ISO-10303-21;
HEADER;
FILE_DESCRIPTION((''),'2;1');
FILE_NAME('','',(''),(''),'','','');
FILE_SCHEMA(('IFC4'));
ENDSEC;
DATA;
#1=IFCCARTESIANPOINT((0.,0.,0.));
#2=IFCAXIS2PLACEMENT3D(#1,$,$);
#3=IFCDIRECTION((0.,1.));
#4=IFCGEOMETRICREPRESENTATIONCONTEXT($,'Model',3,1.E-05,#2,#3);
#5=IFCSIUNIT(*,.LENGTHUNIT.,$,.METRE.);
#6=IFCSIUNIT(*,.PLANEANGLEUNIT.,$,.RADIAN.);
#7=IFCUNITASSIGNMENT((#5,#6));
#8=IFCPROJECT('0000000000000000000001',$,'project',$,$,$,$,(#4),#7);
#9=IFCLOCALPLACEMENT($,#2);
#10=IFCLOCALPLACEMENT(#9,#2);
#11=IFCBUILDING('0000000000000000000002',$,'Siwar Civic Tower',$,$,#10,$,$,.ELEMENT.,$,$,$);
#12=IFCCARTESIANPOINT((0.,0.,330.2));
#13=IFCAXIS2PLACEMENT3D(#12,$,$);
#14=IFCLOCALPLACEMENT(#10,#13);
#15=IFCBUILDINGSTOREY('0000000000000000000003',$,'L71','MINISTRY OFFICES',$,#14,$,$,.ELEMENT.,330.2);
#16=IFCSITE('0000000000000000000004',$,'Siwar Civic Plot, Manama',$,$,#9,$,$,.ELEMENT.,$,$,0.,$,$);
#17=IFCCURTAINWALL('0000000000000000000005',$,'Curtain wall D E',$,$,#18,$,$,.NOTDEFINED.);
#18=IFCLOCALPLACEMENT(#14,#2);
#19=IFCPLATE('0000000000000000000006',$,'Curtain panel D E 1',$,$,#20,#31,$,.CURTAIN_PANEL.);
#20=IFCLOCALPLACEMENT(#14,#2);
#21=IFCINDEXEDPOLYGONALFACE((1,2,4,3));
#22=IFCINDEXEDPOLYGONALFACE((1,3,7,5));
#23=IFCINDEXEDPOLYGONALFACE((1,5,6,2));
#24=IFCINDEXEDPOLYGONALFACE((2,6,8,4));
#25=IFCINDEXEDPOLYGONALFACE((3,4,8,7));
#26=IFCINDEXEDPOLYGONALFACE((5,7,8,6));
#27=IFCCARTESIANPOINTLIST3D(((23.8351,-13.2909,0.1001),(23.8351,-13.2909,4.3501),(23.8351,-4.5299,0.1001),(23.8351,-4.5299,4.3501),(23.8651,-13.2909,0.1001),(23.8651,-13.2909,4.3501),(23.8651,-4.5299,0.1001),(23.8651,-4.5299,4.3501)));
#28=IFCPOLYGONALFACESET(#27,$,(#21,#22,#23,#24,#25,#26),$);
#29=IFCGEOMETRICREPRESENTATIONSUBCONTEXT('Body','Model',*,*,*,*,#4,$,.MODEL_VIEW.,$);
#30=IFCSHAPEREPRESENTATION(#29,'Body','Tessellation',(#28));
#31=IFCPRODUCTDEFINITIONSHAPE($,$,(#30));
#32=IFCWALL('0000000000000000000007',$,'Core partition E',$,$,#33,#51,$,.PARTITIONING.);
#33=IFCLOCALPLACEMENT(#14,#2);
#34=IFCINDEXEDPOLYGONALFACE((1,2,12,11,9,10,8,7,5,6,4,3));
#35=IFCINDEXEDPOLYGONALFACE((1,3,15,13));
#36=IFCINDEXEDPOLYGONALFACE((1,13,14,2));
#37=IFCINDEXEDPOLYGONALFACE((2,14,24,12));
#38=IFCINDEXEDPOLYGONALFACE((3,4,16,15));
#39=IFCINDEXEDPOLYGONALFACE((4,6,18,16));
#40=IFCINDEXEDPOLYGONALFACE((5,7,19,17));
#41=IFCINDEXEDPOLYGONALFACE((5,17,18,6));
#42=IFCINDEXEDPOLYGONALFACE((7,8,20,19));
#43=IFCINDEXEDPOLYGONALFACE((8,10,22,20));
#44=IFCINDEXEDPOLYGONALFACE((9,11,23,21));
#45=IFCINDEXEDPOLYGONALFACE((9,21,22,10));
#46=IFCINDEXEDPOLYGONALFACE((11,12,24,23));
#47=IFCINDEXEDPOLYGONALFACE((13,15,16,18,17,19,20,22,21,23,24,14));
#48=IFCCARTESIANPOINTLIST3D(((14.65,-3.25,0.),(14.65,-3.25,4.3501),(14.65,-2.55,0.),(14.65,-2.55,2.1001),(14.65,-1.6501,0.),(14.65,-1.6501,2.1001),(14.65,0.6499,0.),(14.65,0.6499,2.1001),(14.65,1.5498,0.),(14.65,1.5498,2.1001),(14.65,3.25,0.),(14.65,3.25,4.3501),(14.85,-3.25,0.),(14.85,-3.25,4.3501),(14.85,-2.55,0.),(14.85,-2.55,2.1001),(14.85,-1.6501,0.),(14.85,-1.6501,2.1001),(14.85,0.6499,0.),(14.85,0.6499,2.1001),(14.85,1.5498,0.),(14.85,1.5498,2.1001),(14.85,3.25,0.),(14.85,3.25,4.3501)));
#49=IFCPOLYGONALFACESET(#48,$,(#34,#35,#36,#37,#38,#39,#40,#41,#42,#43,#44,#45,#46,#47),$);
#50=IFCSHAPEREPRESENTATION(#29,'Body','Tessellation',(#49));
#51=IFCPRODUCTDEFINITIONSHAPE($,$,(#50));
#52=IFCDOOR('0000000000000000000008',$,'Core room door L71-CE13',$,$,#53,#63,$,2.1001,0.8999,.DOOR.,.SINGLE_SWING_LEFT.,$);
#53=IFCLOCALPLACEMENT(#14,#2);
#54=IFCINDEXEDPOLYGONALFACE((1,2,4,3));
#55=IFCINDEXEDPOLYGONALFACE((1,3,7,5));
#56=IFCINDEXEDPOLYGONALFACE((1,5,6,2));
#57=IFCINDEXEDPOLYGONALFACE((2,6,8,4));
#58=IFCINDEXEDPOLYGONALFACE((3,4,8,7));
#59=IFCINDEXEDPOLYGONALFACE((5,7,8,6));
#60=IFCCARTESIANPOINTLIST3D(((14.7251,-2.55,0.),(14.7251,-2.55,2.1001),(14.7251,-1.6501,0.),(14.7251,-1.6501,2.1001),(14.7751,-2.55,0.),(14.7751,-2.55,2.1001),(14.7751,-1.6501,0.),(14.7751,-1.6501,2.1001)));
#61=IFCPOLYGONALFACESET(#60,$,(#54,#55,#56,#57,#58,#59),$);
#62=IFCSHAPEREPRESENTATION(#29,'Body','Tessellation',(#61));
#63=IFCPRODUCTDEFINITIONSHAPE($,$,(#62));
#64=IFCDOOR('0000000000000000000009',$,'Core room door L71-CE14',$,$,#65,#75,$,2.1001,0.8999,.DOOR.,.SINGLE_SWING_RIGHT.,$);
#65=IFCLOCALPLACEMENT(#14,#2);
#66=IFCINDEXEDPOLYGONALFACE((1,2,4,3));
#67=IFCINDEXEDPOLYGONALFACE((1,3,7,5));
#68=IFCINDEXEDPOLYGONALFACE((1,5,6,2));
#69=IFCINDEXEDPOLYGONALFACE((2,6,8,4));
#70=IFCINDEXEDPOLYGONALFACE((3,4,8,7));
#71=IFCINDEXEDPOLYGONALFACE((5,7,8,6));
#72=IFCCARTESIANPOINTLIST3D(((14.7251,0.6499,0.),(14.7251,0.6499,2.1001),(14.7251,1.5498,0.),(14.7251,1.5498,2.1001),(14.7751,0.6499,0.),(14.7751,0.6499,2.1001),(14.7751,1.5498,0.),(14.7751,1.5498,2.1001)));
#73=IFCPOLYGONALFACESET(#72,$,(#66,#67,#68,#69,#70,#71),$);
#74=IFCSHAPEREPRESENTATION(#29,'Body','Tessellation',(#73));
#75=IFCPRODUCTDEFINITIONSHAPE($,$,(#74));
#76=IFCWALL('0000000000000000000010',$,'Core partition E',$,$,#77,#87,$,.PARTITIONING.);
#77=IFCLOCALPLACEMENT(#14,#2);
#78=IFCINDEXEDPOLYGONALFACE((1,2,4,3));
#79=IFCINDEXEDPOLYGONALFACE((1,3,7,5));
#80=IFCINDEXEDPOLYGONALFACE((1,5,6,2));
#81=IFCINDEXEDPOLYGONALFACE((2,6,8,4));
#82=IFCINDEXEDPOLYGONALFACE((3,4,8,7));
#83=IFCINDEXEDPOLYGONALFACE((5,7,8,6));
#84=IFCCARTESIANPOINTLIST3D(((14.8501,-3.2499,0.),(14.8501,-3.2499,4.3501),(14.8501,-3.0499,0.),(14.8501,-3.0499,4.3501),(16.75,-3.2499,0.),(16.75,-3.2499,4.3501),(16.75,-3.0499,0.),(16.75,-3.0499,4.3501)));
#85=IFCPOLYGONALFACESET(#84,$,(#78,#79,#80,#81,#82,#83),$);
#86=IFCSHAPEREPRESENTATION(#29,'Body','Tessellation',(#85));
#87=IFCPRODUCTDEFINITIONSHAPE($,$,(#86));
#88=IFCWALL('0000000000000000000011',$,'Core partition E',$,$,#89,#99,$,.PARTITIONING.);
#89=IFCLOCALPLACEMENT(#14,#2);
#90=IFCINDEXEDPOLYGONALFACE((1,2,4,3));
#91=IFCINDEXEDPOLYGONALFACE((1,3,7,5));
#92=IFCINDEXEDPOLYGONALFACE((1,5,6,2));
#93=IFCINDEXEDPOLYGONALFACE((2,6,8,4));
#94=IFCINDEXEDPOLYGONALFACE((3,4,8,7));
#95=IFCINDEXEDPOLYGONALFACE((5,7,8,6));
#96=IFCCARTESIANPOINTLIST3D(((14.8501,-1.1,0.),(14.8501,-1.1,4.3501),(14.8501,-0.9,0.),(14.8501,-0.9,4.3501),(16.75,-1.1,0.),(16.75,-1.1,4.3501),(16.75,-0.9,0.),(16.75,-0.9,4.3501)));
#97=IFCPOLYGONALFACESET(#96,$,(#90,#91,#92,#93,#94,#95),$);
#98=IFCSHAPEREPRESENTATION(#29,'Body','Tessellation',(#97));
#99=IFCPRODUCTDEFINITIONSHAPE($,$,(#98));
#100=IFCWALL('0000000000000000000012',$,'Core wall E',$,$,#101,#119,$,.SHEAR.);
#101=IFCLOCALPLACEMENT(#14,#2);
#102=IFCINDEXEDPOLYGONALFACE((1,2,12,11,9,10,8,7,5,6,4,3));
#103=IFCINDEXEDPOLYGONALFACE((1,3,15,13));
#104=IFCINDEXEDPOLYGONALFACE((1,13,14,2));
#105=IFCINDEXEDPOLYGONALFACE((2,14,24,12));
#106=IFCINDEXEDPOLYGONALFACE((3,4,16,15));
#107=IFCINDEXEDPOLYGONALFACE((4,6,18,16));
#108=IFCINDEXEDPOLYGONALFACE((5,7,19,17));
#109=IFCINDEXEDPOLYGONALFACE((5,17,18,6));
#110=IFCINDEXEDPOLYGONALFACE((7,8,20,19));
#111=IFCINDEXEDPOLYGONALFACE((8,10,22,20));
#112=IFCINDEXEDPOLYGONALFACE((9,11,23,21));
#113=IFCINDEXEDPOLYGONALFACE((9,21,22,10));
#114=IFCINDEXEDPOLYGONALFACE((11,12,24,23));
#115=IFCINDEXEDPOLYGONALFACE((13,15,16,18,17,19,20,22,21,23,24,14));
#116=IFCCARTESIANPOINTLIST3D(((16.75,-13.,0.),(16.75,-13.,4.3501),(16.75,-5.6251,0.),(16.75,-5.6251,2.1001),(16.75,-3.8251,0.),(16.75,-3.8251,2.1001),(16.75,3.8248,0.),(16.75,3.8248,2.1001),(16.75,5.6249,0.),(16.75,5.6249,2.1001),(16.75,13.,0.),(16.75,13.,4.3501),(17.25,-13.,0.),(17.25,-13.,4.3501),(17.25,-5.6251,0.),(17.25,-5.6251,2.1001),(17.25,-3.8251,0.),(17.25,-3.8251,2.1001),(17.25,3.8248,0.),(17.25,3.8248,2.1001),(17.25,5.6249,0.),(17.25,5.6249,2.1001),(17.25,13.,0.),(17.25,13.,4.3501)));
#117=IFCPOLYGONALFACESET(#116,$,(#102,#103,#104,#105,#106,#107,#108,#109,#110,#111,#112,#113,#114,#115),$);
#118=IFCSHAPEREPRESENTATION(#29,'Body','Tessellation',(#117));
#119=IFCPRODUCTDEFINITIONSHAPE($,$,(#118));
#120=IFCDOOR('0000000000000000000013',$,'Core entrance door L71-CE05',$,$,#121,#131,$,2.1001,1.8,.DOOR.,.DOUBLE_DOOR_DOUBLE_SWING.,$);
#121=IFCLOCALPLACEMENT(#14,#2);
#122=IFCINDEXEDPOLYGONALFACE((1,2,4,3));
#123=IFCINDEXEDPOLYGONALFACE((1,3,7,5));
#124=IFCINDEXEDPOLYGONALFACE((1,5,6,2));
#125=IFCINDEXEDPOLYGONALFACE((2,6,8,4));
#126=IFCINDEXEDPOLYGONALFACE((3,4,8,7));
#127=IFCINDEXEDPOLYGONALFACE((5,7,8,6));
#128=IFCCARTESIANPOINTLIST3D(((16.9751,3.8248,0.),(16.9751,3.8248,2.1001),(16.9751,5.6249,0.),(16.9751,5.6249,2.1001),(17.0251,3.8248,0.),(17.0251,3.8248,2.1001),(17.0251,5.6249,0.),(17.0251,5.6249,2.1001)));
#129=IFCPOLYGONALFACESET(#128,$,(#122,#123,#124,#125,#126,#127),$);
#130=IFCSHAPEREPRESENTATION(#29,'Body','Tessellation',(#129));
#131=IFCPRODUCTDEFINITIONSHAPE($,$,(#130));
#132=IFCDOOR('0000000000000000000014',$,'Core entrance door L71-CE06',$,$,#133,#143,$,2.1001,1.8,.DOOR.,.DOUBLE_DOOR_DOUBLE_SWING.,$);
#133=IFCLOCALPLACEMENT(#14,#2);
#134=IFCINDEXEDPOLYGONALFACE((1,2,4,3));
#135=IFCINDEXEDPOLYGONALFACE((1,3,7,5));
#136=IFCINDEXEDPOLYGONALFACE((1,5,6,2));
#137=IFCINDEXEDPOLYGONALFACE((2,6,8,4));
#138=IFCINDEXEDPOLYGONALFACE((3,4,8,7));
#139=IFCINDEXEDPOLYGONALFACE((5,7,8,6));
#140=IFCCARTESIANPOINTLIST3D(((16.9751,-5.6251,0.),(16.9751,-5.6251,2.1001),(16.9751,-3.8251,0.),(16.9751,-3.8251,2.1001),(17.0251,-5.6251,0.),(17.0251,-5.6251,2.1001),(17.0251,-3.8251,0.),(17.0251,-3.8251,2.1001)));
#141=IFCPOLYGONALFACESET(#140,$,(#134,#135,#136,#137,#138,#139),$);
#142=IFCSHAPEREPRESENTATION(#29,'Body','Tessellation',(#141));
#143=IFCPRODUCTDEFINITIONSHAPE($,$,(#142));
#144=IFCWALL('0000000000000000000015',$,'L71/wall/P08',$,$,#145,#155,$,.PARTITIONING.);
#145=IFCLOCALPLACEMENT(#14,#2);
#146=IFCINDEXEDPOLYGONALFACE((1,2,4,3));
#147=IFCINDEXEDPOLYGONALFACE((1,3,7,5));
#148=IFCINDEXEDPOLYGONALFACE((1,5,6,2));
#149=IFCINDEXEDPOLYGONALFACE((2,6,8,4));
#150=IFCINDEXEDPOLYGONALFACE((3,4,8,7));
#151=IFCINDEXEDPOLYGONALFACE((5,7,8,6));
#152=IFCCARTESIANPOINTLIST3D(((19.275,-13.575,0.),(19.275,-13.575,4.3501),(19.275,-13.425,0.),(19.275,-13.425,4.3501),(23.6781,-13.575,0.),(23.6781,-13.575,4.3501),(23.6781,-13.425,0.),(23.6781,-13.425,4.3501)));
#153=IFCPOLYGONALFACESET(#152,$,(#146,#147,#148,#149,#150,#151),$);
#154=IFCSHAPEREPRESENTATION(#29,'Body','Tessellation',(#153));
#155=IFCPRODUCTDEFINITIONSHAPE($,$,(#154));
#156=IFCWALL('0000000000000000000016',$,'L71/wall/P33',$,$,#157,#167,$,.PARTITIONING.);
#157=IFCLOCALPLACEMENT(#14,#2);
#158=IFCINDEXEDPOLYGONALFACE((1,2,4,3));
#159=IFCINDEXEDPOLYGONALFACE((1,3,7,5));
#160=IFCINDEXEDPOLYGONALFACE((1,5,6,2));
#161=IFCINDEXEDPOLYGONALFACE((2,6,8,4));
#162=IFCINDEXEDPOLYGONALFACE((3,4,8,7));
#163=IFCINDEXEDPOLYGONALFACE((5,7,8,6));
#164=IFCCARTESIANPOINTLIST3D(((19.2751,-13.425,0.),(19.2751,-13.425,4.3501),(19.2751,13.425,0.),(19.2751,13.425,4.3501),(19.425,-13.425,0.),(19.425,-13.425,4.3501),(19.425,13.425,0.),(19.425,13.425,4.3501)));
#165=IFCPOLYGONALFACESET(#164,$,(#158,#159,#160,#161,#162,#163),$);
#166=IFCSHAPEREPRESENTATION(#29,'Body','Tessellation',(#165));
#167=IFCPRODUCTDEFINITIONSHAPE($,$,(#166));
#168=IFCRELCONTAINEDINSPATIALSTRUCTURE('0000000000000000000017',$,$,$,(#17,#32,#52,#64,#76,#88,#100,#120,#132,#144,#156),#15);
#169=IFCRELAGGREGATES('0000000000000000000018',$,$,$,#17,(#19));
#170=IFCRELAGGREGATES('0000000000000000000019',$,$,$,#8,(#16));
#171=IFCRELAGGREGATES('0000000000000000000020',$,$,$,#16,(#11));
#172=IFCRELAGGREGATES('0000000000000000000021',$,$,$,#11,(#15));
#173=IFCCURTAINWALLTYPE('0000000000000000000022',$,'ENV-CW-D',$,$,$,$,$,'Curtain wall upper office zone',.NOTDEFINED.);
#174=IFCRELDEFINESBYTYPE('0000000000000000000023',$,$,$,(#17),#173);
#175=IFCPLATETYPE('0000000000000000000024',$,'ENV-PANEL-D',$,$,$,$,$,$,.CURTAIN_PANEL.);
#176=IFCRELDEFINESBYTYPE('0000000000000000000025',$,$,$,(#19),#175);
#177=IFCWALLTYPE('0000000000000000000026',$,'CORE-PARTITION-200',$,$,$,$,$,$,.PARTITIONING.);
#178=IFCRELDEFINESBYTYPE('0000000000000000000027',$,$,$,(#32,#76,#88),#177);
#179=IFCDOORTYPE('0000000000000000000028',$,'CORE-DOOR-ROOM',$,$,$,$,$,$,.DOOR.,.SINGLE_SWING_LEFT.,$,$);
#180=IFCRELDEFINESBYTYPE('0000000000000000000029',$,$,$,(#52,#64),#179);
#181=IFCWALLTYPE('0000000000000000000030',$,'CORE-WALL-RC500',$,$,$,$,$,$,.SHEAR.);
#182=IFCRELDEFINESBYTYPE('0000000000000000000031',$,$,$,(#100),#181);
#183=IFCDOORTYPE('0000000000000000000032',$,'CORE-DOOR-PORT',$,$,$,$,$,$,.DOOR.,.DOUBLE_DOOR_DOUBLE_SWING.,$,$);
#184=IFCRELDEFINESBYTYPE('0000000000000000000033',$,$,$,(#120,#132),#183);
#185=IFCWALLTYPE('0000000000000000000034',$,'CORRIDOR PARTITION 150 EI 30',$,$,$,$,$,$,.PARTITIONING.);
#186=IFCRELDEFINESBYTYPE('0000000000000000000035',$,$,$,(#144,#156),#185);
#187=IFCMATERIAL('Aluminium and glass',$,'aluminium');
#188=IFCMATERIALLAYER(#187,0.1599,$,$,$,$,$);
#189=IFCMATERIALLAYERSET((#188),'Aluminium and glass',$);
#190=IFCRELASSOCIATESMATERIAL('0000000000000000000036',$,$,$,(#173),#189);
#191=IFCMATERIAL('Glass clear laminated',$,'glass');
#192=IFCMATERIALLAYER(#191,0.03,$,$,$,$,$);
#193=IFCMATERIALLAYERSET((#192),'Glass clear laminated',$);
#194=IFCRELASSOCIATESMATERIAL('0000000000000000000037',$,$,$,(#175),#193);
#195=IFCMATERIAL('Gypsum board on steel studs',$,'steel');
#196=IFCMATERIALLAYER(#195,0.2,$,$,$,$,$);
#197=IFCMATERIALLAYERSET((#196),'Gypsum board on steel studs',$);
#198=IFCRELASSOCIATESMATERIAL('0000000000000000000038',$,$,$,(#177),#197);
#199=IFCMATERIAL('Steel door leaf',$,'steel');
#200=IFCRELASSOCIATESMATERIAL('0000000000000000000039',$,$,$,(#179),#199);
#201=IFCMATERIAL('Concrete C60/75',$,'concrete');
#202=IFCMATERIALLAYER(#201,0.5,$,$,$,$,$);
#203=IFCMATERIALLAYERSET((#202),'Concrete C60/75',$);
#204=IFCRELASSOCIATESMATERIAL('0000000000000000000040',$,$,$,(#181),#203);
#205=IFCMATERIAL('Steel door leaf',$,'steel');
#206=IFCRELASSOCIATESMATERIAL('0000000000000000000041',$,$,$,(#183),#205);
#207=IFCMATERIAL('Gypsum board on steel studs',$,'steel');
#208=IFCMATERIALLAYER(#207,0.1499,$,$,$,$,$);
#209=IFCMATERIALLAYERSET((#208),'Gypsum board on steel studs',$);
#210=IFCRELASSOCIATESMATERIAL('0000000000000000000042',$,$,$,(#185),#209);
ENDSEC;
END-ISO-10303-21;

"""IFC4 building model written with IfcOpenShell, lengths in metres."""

from ifc_helpers import new_model, si_unit, direction, frame, frame_2d, origin, origin_2d, place, context, subcontext, project, spatial, rectangle, extrude, material, layer, layer_set, type_object, element, fill, aggregate, save


model = new_model("IFC4")

# Units and contexts
model_context = context("Model", 3, precision=1e-05, world=origin(), true_north=direction((0.0, 1.0)))
body_context = subcontext(model_context, "Body", "Model", "MODEL_VIEW")
ifc_project = project(units=[si_unit("LENGTHUNIT", "METRE"), si_unit("PLANEANGLEUNIT", "RADIAN")], contexts=[model_context])

# Site, building, storey
site_placement = place(None, origin())
site = spatial("IfcSite", under=ifc_project, at=site_placement, Name="Siwar Civic Plot, Manama", CompositionType="ELEMENT", RefElevation=0.0)
building_placement = place(site_placement, origin())
building = spatial("IfcBuilding", under=site, at=building_placement, Name="Siwar Civic Tower", CompositionType="ELEMENT")
storey_placement = place(building_placement, frame((0.0, 0.0, 330.2)))
storey = spatial("IfcBuildingStorey", under=building, at=storey_placement, Name="L71", Description="MINISTRY OFFICES", CompositionType="ELEMENT", Elevation=330.2)

# Curtain wall
ifc_material_1 = material(Name="Aluminium and glass", Category="aluminium")
ifc_layer_1 = layer(ifc_material_1, 0.1599)
ifc_layer_set_1 = layer_set([ifc_layer_1], Name="Aluminium and glass")
curtain_wall_type = type_object("IfcCurtainWallType", Name="ENV-CW-D", ElementType="Curtain wall upper office zone", PredefinedType="NOTDEFINED", material=ifc_layer_set_1)
curtain_wall_placement = place(storey_placement, origin())
curtain_wall = element("IfcCurtainWall", 1, at=curtain_wall_placement, inside=storey, type_object=curtain_wall_type, Name="Curtain wall D E", PredefinedType="NOTDEFINED")

# Plate
ifc_material_2 = material(Name="Glass clear laminated", Category="glass")
ifc_layer_2 = layer(ifc_material_2, 0.03)
ifc_layer_set_2 = layer_set([ifc_layer_2], Name="Glass clear laminated")
plate_type = type_object("IfcPlateType", Name="ENV-PANEL-D", PredefinedType="CURTAIN_PANEL", material=ifc_layer_set_2)
plate_placement = place(storey_placement, frame((23.8501, -8.9104, 0.1001), z_axis=(0.0, 0.0, 1.0), x_axis=(0.0, 1.0, 0.0)))
plate = element("IfcPlate", 2, at=plate_placement, type_object=plate_type, Name="Curtain panel D E 1", PredefinedType="CURTAIN_PANEL", context=body_context, shape_type="SweptSolid", body=[
    extrude(rectangle(XDim=8.761, YDim=0.03, at=origin_2d()), origin(), (0.0, 0.0, 1.0), 4.25),
])
aggregate(curtain_wall, [plate])

# Wall, openings, doors
ifc_material_3 = material(Name="Gypsum board on steel studs", Category="steel")
ifc_layer_3 = layer(ifc_material_3, 0.2)
ifc_layer_set_3 = layer_set([ifc_layer_3], Name="Gypsum board on steel studs")
wall_type_1 = type_object("IfcWallType", Name="CORE-PARTITION-200", PredefinedType="PARTITIONING", material=ifc_layer_set_3)
wall_1_placement = place(storey_placement, frame((14.75, -3.25, 0.0), z_axis=(0.0, 0.0, 1.0), x_axis=(0.0, 1.0, 0.0)))
wall_1 = element("IfcWall", 3, at=wall_1_placement, inside=storey, type_object=wall_type_1, Name="Core partition E", PredefinedType="PARTITIONING", context=body_context, shape_type="SweptSolid", body=[
    extrude(rectangle(XDim=6.5, YDim=0.2, at=frame_2d((3.25, 0.0))), origin(), (0.0, 0.0, 1.0), 4.3501),
])
opening_1_placement = place(wall_1_placement, frame((0.7, 0.0, 0.0)))
opening_1 = element("IfcOpeningElement", 4, at=opening_1_placement, cuts=wall_1, PredefinedType="OPENING", context=body_context, shape_type="SweptSolid", body=[
    extrude(rectangle(XDim=0.8999, YDim=2.1001, at=frame_2d((0.45, 1.05))), frame((0.0, 0.1099, 0.0), z_axis=(0.0, -1.0, 0.0), x_axis=(1.0, 0.0, 0.0)), (0.0, 0.0, 1.0), 0.22),
])
opening_2_placement = place(wall_1_placement, frame((3.8999, 0.0, 0.0)))
opening_2 = element("IfcOpeningElement", 5, at=opening_2_placement, cuts=wall_1, PredefinedType="OPENING", context=body_context, shape_type="SweptSolid", body=[
    extrude(rectangle(XDim=0.8999, YDim=2.1001, at=frame_2d((0.45, 1.05))), frame((0.0, 0.1099, 0.0), z_axis=(0.0, -1.0, 0.0), x_axis=(1.0, 0.0, 0.0)), (0.0, 0.0, 1.0), 0.22),
])
ifc_material_4 = material(Name="Steel door leaf", Category="steel")
door_type_1 = type_object("IfcDoorType", Name="CORE-DOOR-ROOM", OperationType="SINGLE_SWING_LEFT", PredefinedType="DOOR", material=ifc_material_4)
door_1_placement = place(opening_1_placement, origin())
door_1 = element("IfcDoor", 6, at=door_1_placement, inside=storey, type_object=door_type_1, Name="Core room door L71-CE13", OperationType="SINGLE_SWING_LEFT", OverallHeight=2.1001, OverallWidth=0.8999, PredefinedType="DOOR", context=body_context, shape_type="SweptSolid", body=[
    extrude(rectangle(XDim=0.8999, YDim=2.1001, at=frame_2d((0.45, 1.05))), frame((0.0, 0.0249, 0.0), z_axis=(0.0, -1.0, 0.0), x_axis=(1.0, 0.0, 0.0)), (0.0, 0.0, 1.0), 0.05),
])
fill(opening_1, door_1)
door_2_placement = place(opening_2_placement, origin())
door_2 = element("IfcDoor", 7, at=door_2_placement, inside=storey, type_object=door_type_1, Name="Core room door L71-CE14", OperationType="SINGLE_SWING_RIGHT", OverallHeight=2.1001, OverallWidth=0.8999, PredefinedType="DOOR", context=body_context, shape_type="SweptSolid", body=[
    extrude(rectangle(XDim=0.8999, YDim=2.1001, at=frame_2d((0.45, 1.05))), frame((0.0, 0.0249, 0.0), z_axis=(0.0, -1.0, 0.0), x_axis=(1.0, 0.0, 0.0)), (0.0, 0.0, 1.0), 0.05),
])
fill(opening_2, door_2)

# Walls
for number, where, z_axis, x_axis, name in (
    (8, (14.8501, -3.1499, 0.0), (0.0, 0.0, 1.0), (1.0, 0.0, 0.0), "Core partition E"),
    (9, (14.8501, -1.0, 0.0), (0.0, 0.0, 1.0), (1.0, 0.0, 0.0), "Core partition E"),
):
    element("IfcWall", number, at=place(storey_placement, frame(where, z_axis=z_axis, x_axis=x_axis)), inside=storey, type_object=wall_type_1, Name=name, PredefinedType="PARTITIONING", context=body_context, shape_type="SweptSolid", body=[
        extrude(rectangle(XDim=1.8999, YDim=0.2, at=frame_2d((0.95, 0.0))), origin(), (0.0, 0.0, 1.0), 4.3501),
    ])

# Wall, openings, doors
ifc_material_5 = material(Name="Concrete C60/75", Category="concrete")
ifc_layer_4 = layer(ifc_material_5, 0.5)
ifc_layer_set_4 = layer_set([ifc_layer_4], Name="Concrete C60/75")
wall_type_2 = type_object("IfcWallType", Name="CORE-WALL-RC500", PredefinedType="SHEAR", material=ifc_layer_set_4)
wall_2_placement = place(storey_placement, frame((17.0, -13.0, 0.0), z_axis=(0.0, 0.0, 1.0), x_axis=(0.0, 1.0, 0.0)))
wall_2 = element("IfcWall", 10, at=wall_2_placement, inside=storey, type_object=wall_type_2, Name="Core wall E", PredefinedType="SHEAR", context=body_context, shape_type="SweptSolid", body=[
    extrude(rectangle(XDim=26.0, YDim=0.5, at=frame_2d((13.0, 0.0))), origin(), (0.0, 0.0, 1.0), 4.3501),
])
opening_3_placement = place(wall_2_placement, frame((16.825, 0.0, 0.0)))
opening_3 = element("IfcOpeningElement", 11, at=opening_3_placement, cuts=wall_2, PredefinedType="OPENING", context=body_context, shape_type="SweptSolid", body=[
    extrude(rectangle(XDim=1.8, YDim=2.1001, at=frame_2d((0.8999, 1.05))), frame((0.0, 0.26, 0.0), z_axis=(0.0, -1.0, 0.0), x_axis=(1.0, 0.0, 0.0)), (0.0, 0.0, 1.0), 0.52),
])
opening_4_placement = place(wall_2_placement, frame((7.375, 0.0, 0.0)))
opening_4 = element("IfcOpeningElement", 12, at=opening_4_placement, cuts=wall_2, PredefinedType="OPENING", context=body_context, shape_type="SweptSolid", body=[
    extrude(rectangle(XDim=1.8, YDim=2.1001, at=frame_2d((0.8999, 1.05))), frame((0.0, 0.26, 0.0), z_axis=(0.0, -1.0, 0.0), x_axis=(1.0, 0.0, 0.0)), (0.0, 0.0, 1.0), 0.52),
])
ifc_material_6 = material(Name="Steel door leaf", Category="steel")
door_type_2 = type_object("IfcDoorType", Name="CORE-DOOR-PORT", OperationType="DOUBLE_DOOR_DOUBLE_SWING", PredefinedType="DOOR", material=ifc_material_6)
door_3_placement = place(opening_3_placement, origin())
door_3 = element("IfcDoor", 13, at=door_3_placement, inside=storey, type_object=door_type_2, Name="Core entrance door L71-CE05", OperationType="DOUBLE_DOOR_DOUBLE_SWING", OverallHeight=2.1001, OverallWidth=1.8, PredefinedType="DOOR", context=body_context, shape_type="SweptSolid", body=[
    extrude(rectangle(XDim=1.8, YDim=2.1001, at=frame_2d((0.8999, 1.05))), frame((0.0, 0.0249, 0.0), z_axis=(0.0, -1.0, 0.0), x_axis=(1.0, 0.0, 0.0)), (0.0, 0.0, 1.0), 0.05),
])
fill(opening_3, door_3)
door_4_placement = place(opening_4_placement, origin())
door_4 = element("IfcDoor", 14, at=door_4_placement, inside=storey, type_object=door_type_2, Name="Core entrance door L71-CE06", OperationType="DOUBLE_DOOR_DOUBLE_SWING", OverallHeight=2.1001, OverallWidth=1.8, PredefinedType="DOOR", context=body_context, shape_type="SweptSolid", body=[
    extrude(rectangle(XDim=1.8, YDim=2.1001, at=frame_2d((0.8999, 1.05))), frame((0.0, 0.0249, 0.0), z_axis=(0.0, -1.0, 0.0), x_axis=(1.0, 0.0, 0.0)), (0.0, 0.0, 1.0), 0.05),
])
fill(opening_4, door_4)

# Walls
ifc_material_7 = material(Name="Gypsum board on steel studs", Category="steel")
ifc_layer_5 = layer(ifc_material_7, 0.1499)
ifc_layer_set_5 = layer_set([ifc_layer_5], Name="Gypsum board on steel studs")
wall_type_3 = type_object("IfcWallType", Name="CORRIDOR PARTITION 150 EI 30", PredefinedType="PARTITIONING", material=ifc_layer_set_5)
wall_3_placement = place(storey_placement, frame((19.2749, -13.5, 0.0), z_axis=(0.0, 0.0, 1.0), x_axis=(1.0, 0.0, 0.0)))
element("IfcWall", 15, at=wall_3_placement, inside=storey, type_object=wall_type_3, Name="L71/wall/P08", PredefinedType="PARTITIONING", context=body_context, shape_type="SweptSolid", body=[
    extrude(rectangle(XDim=4.4031, YDim=0.1499, at=frame_2d((2.2017, 0.0))), origin(), (0.0, 0.0, 1.0), 4.3501),
])
wall_4_placement = place(storey_placement, frame((19.3501, -13.425, 0.0), z_axis=(0.0, 0.0, 1.0), x_axis=(0.0, 1.0, 0.0)))
element("IfcWall", 16, at=wall_4_placement, inside=storey, type_object=wall_type_3, Name="L71/wall/P33", PredefinedType="PARTITIONING", context=body_context, shape_type="SweptSolid", body=[
    extrude(rectangle(XDim=26.8501, YDim=0.1499, at=frame_2d((13.425, 0.0))), origin(), (0.0, 0.0, 1.0), 4.3501),
])

save(model, "model.ifc")
